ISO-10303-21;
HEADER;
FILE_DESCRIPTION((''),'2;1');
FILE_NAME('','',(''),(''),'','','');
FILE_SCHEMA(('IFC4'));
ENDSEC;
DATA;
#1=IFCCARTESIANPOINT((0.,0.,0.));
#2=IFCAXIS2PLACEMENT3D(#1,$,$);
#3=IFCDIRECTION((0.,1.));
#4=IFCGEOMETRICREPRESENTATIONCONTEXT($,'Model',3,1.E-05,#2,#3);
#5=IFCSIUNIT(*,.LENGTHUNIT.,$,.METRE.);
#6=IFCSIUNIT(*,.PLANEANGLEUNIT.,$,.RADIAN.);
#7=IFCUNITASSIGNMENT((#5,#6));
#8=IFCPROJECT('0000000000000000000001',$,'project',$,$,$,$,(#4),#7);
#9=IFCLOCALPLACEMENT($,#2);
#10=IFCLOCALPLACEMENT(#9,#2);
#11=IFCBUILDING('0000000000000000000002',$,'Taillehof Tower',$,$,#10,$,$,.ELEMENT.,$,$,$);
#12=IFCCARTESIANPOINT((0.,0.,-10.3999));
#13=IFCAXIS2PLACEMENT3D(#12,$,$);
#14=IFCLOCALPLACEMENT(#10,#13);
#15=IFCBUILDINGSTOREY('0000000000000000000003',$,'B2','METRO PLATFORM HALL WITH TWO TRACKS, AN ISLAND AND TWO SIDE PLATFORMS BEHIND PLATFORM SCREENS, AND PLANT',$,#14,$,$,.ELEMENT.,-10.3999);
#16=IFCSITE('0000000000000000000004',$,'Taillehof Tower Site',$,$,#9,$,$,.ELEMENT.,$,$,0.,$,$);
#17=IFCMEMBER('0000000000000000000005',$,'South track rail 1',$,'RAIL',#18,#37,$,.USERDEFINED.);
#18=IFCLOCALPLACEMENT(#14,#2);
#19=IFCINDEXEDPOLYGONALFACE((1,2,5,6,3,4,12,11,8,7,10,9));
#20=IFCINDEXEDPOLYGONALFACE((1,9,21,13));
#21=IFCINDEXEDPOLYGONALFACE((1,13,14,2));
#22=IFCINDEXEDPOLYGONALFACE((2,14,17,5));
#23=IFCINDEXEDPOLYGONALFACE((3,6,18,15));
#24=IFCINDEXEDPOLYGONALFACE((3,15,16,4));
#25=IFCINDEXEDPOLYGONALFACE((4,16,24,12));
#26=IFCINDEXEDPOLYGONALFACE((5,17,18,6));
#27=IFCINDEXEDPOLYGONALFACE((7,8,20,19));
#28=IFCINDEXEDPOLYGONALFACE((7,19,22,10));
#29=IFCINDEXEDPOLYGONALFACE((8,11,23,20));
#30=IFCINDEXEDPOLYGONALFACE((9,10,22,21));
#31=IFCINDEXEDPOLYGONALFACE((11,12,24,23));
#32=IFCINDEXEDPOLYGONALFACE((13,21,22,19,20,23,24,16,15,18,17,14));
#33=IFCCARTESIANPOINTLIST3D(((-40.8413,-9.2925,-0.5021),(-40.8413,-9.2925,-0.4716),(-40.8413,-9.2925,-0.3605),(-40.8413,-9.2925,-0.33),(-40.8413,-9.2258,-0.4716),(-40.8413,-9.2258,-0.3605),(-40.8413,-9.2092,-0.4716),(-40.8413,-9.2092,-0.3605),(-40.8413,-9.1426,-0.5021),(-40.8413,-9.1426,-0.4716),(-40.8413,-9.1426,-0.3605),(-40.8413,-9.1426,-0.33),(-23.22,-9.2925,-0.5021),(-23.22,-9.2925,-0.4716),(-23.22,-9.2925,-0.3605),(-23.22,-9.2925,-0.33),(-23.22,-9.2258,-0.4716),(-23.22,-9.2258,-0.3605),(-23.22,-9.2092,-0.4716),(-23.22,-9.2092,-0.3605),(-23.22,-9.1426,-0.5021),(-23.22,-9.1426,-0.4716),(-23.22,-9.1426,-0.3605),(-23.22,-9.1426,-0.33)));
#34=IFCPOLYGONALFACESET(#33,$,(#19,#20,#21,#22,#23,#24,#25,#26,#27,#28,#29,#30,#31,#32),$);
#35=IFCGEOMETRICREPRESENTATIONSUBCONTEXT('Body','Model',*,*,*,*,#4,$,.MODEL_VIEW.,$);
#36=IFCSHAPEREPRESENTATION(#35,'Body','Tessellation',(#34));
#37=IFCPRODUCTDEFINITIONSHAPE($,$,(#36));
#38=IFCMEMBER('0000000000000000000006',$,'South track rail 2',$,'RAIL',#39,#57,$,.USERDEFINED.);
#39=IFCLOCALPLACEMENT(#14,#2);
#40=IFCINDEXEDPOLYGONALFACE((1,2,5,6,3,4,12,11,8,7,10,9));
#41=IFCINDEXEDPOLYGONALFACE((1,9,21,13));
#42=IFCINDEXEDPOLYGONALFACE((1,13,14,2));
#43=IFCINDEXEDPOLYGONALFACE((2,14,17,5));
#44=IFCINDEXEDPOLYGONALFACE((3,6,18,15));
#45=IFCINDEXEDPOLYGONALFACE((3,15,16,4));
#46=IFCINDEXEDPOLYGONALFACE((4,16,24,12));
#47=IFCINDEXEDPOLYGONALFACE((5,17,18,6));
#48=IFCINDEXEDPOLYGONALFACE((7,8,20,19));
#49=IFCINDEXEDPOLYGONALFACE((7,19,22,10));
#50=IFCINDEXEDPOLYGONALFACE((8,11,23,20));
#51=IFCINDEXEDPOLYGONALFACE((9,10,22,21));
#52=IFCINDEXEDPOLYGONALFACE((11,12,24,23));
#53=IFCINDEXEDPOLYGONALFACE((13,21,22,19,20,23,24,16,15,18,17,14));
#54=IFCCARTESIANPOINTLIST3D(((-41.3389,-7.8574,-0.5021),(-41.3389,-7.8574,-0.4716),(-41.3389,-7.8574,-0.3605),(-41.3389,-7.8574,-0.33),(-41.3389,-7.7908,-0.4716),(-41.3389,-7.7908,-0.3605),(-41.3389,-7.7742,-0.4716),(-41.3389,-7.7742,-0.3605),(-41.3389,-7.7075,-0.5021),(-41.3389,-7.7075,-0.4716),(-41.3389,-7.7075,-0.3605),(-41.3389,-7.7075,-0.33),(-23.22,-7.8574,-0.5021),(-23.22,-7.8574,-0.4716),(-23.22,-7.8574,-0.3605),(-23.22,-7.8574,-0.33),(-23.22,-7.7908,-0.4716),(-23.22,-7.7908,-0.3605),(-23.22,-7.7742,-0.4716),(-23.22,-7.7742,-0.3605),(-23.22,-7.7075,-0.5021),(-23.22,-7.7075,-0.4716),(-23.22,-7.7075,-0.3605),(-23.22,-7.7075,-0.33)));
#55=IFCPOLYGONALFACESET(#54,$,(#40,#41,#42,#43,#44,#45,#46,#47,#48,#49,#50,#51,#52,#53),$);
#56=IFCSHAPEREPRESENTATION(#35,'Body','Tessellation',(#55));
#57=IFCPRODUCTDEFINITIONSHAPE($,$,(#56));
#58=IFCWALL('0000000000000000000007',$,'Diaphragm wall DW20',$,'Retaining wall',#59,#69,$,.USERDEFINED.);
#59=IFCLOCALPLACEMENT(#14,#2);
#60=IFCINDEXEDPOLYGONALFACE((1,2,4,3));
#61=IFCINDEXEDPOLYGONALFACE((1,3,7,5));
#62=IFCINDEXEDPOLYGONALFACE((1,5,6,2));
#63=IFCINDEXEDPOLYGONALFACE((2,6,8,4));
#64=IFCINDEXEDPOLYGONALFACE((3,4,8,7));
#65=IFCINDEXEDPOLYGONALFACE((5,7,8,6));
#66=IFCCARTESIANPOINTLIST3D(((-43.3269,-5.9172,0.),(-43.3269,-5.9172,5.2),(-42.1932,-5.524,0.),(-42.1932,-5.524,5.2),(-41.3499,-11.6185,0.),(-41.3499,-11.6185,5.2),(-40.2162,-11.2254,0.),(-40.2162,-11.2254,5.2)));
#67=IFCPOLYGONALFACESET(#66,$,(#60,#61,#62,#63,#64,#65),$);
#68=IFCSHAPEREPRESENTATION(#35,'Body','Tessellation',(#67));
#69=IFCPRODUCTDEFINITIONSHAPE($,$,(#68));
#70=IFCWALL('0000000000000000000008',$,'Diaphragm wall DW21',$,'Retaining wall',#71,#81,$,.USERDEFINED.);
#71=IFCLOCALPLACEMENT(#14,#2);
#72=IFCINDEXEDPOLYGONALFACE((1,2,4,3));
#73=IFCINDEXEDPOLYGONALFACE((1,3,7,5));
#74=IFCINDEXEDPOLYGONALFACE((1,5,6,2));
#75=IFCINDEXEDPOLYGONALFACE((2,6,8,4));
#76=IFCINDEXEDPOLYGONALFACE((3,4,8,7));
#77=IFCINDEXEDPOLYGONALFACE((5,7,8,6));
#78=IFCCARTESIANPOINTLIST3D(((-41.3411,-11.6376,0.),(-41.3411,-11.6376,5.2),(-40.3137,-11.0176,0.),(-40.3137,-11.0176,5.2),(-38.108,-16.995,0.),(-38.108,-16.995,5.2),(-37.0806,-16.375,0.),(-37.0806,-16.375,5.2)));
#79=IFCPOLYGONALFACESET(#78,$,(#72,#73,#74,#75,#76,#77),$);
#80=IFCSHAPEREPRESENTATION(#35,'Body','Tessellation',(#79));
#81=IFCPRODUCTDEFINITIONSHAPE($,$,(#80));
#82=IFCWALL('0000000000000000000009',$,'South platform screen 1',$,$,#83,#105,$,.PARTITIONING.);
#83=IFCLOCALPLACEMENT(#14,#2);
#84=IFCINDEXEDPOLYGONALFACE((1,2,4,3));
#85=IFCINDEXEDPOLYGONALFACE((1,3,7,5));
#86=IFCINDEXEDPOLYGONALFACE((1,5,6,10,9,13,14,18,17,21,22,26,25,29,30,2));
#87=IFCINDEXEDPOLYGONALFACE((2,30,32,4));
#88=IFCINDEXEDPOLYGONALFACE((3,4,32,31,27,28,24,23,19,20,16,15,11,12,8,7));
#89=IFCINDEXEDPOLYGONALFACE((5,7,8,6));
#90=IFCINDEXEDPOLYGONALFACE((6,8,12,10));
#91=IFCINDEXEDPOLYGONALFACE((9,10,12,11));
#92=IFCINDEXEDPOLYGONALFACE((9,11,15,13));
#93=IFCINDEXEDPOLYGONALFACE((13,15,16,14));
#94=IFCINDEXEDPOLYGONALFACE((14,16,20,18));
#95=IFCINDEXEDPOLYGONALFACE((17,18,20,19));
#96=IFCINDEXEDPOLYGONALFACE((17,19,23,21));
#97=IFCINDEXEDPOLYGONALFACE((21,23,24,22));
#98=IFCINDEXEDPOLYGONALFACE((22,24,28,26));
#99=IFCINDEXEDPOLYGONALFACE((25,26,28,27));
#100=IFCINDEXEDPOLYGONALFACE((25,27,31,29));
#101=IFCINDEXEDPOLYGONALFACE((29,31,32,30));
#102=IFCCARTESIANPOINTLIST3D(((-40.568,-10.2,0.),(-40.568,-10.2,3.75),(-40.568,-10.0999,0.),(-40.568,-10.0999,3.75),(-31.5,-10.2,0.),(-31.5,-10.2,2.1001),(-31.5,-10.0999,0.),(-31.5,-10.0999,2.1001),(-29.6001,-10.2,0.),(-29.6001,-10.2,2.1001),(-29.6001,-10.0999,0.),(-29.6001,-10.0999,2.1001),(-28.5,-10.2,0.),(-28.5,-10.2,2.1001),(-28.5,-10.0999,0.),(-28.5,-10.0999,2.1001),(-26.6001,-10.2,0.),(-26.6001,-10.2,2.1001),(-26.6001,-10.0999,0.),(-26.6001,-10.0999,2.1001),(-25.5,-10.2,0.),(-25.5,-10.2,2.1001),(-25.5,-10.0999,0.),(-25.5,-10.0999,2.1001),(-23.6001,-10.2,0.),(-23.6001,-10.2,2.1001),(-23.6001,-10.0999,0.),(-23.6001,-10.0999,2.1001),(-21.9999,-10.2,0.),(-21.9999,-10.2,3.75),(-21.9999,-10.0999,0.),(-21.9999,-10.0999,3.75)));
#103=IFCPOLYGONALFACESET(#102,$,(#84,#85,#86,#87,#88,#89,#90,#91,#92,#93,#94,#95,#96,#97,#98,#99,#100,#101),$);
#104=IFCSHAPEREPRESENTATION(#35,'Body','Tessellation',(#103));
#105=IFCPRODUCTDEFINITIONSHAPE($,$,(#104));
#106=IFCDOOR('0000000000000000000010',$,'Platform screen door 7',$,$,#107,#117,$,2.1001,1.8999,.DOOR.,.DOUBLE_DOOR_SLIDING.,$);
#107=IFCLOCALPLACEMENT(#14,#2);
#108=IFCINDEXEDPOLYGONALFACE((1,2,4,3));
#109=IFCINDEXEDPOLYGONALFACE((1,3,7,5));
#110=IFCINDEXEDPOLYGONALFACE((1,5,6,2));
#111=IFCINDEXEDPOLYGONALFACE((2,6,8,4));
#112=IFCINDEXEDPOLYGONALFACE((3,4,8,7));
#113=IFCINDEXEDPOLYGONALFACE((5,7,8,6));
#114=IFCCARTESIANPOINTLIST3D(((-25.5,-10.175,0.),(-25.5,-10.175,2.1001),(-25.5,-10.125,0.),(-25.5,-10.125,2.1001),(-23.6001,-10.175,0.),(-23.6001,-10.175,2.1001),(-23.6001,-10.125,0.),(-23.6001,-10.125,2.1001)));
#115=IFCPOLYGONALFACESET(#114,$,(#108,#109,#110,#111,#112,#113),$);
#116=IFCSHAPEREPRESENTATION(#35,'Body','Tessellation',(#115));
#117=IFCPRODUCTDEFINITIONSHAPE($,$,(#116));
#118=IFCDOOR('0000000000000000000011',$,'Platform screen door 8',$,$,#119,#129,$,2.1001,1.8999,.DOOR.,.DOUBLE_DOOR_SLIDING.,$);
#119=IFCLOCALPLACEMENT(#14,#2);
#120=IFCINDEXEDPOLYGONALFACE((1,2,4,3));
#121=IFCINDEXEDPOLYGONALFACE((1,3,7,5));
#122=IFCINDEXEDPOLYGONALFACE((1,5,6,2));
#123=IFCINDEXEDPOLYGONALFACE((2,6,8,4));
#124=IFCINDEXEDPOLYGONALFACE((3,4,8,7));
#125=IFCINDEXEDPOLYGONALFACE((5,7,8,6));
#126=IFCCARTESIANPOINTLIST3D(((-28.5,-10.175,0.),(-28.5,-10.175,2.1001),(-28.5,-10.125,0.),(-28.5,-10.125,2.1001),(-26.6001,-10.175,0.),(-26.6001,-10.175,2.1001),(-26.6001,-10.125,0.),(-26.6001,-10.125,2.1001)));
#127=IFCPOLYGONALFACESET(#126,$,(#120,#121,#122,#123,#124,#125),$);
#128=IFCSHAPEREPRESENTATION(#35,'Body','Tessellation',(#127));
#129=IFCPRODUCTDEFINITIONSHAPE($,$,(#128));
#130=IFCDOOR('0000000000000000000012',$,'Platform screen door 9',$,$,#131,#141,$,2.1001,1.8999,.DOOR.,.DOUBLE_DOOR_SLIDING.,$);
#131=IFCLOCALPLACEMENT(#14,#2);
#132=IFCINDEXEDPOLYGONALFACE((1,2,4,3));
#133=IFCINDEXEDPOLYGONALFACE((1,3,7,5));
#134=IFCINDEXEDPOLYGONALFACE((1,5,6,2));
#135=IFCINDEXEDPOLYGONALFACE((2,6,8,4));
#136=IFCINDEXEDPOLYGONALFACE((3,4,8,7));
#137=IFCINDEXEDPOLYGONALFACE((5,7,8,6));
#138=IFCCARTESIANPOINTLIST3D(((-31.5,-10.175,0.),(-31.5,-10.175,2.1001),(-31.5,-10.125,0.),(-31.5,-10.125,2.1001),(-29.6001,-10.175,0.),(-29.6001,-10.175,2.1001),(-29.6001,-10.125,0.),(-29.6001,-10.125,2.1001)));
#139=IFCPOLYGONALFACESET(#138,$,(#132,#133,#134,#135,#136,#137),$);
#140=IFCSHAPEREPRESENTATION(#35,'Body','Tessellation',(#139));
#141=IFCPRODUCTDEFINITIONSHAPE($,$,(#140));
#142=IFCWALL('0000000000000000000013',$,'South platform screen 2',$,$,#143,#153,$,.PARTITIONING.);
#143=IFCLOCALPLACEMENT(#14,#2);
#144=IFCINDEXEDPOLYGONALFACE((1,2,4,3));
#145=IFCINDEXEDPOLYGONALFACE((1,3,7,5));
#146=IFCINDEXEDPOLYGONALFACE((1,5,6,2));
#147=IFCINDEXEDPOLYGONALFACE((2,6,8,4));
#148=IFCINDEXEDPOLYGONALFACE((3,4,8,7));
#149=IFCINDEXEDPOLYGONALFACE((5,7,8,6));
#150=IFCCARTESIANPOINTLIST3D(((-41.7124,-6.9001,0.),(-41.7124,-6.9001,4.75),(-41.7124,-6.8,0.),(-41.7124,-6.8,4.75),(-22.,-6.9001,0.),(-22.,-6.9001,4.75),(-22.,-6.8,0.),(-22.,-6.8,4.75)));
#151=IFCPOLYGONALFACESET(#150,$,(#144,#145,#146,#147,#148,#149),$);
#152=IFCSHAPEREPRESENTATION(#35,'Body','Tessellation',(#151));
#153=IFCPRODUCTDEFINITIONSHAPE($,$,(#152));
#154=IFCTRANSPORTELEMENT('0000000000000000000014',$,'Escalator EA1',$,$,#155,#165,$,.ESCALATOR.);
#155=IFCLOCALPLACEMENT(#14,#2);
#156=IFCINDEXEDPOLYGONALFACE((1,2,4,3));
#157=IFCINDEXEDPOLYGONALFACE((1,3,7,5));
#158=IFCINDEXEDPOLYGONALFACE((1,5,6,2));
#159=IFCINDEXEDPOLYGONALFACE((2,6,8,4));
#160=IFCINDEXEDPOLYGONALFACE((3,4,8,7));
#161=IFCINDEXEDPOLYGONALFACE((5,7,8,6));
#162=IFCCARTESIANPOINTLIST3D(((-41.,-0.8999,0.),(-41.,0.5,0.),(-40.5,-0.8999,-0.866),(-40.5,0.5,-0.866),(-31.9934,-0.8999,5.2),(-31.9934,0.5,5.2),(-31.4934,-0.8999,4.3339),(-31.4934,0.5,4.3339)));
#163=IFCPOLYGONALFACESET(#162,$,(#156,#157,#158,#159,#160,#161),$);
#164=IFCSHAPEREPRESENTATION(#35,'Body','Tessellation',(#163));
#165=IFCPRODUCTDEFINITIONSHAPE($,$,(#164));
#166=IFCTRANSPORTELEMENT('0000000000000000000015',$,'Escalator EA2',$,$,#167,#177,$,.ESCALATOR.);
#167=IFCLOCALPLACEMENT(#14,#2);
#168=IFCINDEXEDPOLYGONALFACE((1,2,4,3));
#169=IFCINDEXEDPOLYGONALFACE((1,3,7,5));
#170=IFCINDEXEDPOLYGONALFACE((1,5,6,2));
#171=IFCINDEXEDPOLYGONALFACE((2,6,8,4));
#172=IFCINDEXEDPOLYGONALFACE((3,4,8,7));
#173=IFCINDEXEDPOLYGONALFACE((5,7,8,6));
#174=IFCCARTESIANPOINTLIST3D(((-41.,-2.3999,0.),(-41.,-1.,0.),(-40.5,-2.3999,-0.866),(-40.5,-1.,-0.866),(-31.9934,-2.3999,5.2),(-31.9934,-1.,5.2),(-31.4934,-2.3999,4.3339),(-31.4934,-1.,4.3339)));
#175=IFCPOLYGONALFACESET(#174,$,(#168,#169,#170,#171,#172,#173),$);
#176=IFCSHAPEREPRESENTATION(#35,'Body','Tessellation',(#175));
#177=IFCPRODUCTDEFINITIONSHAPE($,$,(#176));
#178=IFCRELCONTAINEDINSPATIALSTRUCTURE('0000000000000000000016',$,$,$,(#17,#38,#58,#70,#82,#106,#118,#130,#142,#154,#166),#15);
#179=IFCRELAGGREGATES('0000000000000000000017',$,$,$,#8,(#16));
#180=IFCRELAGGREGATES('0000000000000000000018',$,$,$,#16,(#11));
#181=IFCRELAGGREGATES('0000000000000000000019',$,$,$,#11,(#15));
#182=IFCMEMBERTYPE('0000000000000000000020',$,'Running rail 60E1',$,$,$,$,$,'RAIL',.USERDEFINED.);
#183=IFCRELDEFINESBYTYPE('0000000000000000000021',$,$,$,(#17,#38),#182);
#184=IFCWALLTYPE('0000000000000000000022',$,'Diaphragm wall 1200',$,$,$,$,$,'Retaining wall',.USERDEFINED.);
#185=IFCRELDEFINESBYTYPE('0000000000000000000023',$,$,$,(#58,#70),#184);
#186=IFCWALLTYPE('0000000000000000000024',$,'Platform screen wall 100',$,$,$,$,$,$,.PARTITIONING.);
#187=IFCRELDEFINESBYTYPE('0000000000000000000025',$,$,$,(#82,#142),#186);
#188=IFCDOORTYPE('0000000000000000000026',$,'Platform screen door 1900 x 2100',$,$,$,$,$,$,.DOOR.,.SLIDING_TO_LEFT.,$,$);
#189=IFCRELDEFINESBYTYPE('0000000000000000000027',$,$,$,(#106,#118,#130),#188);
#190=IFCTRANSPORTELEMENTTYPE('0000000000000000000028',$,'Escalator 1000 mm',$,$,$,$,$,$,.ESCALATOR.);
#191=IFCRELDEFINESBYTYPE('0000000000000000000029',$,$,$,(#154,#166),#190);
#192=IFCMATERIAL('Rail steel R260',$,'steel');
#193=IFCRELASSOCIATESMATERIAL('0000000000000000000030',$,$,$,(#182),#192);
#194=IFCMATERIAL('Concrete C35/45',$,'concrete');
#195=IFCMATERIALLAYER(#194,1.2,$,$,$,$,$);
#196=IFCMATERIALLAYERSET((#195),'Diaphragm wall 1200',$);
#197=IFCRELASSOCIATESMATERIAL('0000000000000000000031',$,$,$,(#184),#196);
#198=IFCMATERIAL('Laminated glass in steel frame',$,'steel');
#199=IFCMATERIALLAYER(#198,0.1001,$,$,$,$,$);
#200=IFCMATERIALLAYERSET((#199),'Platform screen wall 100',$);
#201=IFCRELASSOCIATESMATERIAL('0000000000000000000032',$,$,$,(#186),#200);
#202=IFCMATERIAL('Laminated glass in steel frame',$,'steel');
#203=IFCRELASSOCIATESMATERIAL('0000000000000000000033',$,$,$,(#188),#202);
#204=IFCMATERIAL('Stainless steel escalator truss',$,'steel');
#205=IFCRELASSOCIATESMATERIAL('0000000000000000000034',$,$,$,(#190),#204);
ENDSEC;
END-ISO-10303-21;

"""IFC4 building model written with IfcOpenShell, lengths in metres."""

from ifc_helpers import new_model, si_unit, direction, frame, frame_2d, origin, origin_2d, place, context, subcontext, project, spatial, polyline, rectangle, i_section, outline, extrude, material, layer, layer_set, material_profile, profile_set, type_object, element, fill, save


model = new_model("IFC4")

# Units and contexts
model_context = context("Model", 3, precision=1e-05, world=origin(), true_north=direction((0.0, 1.0)))
body_context = subcontext(model_context, "Body", "Model", "MODEL_VIEW")
ifc_project = project(units=[si_unit("LENGTHUNIT", "METRE"), si_unit("PLANEANGLEUNIT", "RADIAN")], contexts=[model_context])

# Site, building, storey
site_placement = place(None, origin())
site = spatial("IfcSite", under=ifc_project, at=site_placement, Name="Taillehof Tower Site", CompositionType="ELEMENT", RefElevation=0.0)
building_placement = place(site_placement, origin())
building = spatial("IfcBuilding", under=site, at=building_placement, Name="Taillehof Tower", CompositionType="ELEMENT")
storey_placement = place(building_placement, frame((0.0, 0.0, -10.3999)))
storey = spatial("IfcBuildingStorey", under=building, at=storey_placement, Name="B2", Description="METRO PLATFORM HALL WITH TWO TRACKS, AN ISLAND AND TWO SIDE PLATFORMS BEHIND PLATFORM SCREENS, AND PLANT", CompositionType="ELEMENT", Elevation=-10.3999)

# Members
ifc_material_1 = material(Name="Rail steel R260", Category="steel")
ifc_material_profile_1 = material_profile(ifc_material_1, i_section(OverallWidth=0.1499, OverallDepth=0.1721, WebThickness=0.0166, FlangeThickness=0.0305, at=origin_2d()), Name="60E1 rail")
ifc_profile_set_1 = profile_set([ifc_material_profile_1], Name="Rail steel R260")
member_type = type_object("IfcMemberType", Name="Running rail 60E1", ElementType="RAIL", PredefinedType="USERDEFINED", material=ifc_profile_set_1)
member_1_placement = place(storey_placement, frame((-40.8413, -9.2175, -0.416), z_axis=(1.0, 0.0, 0.0), x_axis=(0.0, 1.0, 0.0)))
element("IfcMember", 1, at=member_1_placement, inside=storey, type_object=member_type, Name="South track rail 1", ObjectType="RAIL", PredefinedType="USERDEFINED", context=body_context, shape_type="SweptSolid", body=[
    extrude(i_section(OverallWidth=0.1499, OverallDepth=0.1721, WebThickness=0.0166, FlangeThickness=0.0305, at=origin_2d()), origin(), (0.0, 0.0, 1.0), 17.6213),
])
member_2_placement = place(storey_placement, frame((-41.3389, -7.7825, -0.416), z_axis=(1.0, 0.0, 0.0), x_axis=(0.0, 1.0, 0.0)))
element("IfcMember", 2, at=member_2_placement, inside=storey, type_object=member_type, Name="South track rail 2", ObjectType="RAIL", PredefinedType="USERDEFINED", context=body_context, shape_type="SweptSolid", body=[
    extrude(i_section(OverallWidth=0.1499, OverallDepth=0.1721, WebThickness=0.0166, FlangeThickness=0.0305, at=origin_2d()), origin(), (0.0, 0.0, 1.0), 18.1189),
])

# Walls
ifc_material_2 = material(Name="Concrete C35/45", Category="concrete")
ifc_layer_1 = layer(ifc_material_2, 1.2)
ifc_layer_set_1 = layer_set([ifc_layer_1], Name="Diaphragm wall 1200")
wall_type_1 = type_object("IfcWallType", Name="Diaphragm wall 1200", ElementType="Retaining wall", PredefinedType="USERDEFINED", material=ifc_layer_set_1)
wall_1_placement = place(storey_placement, frame((-42.76, -5.7207, 0.0), z_axis=(0.0, 0.0, 1.0), x_axis=(0.327626, -0.944807, 0.0)))
element("IfcWall", 3, at=wall_1_placement, inside=storey, type_object=wall_type_1, Name="Diaphragm wall DW20", ObjectType="Retaining wall", PredefinedType="USERDEFINED", context=body_context, shape_type="SweptSolid", body=[
    extrude(rectangle(XDim=6.0344, YDim=1.2, at=frame_2d((3.0171, 0.0))), origin(), (0.0, 0.0, 1.0), 5.2),
])
wall_2_placement = place(storey_placement, frame((-40.8274, -11.3276, 0.0), z_axis=(0.0, 0.0, 1.0), x_axis=(0.516692, -0.856172, 0.0)))
element("IfcWall", 4, at=wall_2_placement, inside=storey, type_object=wall_type_1, Name="Diaphragm wall DW21", ObjectType="Retaining wall", PredefinedType="USERDEFINED", context=body_context, shape_type="SweptSolid", body=[
    extrude(rectangle(XDim=6.2573, YDim=1.2, at=frame_2d((3.1287, 0.0))), origin(), (0.0, 0.0, 1.0), 5.2),
])

# Wall, openings, doors
ifc_material_3 = material(Name="Laminated glass in steel frame", Category="steel")
ifc_layer_2 = layer(ifc_material_3, 0.1001)
ifc_layer_set_2 = layer_set([ifc_layer_2], Name="Platform screen wall 100")
wall_type_2 = type_object("IfcWallType", Name="Platform screen wall 100", PredefinedType="PARTITIONING", material=ifc_layer_set_2)
wall_3_placement = place(storey_placement, frame((-40.5681, -10.1499, 0.0), z_axis=(0.0, 0.0, 1.0), x_axis=(1.0, 0.0, 0.0)))
wall_3 = element("IfcWall", 5, at=wall_3_placement, inside=storey, type_object=wall_type_2, Name="South platform screen 1", PredefinedType="PARTITIONING", context=body_context, shape_type="SweptSolid", body=[
    extrude(rectangle(XDim=18.5681, YDim=0.1001, at=frame_2d((9.2842, 0.0))), origin(), (0.0, 0.0, 1.0), 3.75),
])
opening_1_placement = place(wall_3_placement, frame((15.0681, 0.0, 0.0)))
opening_1 = element("IfcOpeningElement", 6, at=opening_1_placement, cuts=wall_3, PredefinedType="OPENING", context=body_context, shape_type="SweptSolid", body=[
    extrude(rectangle(XDim=1.8999, YDim=2.1001, at=frame_2d((0.95, 1.05))), frame((0.0, 0.0601, 0.0), z_axis=(0.0, -1.0, 0.0), x_axis=(1.0, 0.0, 0.0)), (0.0, 0.0, 1.0), 0.1201),
])
opening_2_placement = place(wall_3_placement, frame((12.0681, 0.0, 0.0)))
opening_2 = element("IfcOpeningElement", 7, at=opening_2_placement, cuts=wall_3, PredefinedType="OPENING", context=body_context, shape_type="SweptSolid", body=[
    extrude(rectangle(XDim=1.8999, YDim=2.1001, at=frame_2d((0.95, 1.05))), frame((0.0, 0.0601, 0.0), z_axis=(0.0, -1.0, 0.0), x_axis=(1.0, 0.0, 0.0)), (0.0, 0.0, 1.0), 0.1201),
])
opening_3_placement = place(wall_3_placement, frame((9.0681, 0.0, 0.0)))
opening_3 = element("IfcOpeningElement", 8, at=opening_3_placement, cuts=wall_3, PredefinedType="OPENING", context=body_context, shape_type="SweptSolid", body=[
    extrude(rectangle(XDim=1.8999, YDim=2.1001, at=frame_2d((0.95, 1.05))), frame((0.0, 0.0601, 0.0), z_axis=(0.0, -1.0, 0.0), x_axis=(1.0, 0.0, 0.0)), (0.0, 0.0, 1.0), 0.1201),
])
ifc_material_4 = material(Name="Laminated glass in steel frame", Category="steel")
door_type = type_object("IfcDoorType", Name="Platform screen door 1900 x 2100", OperationType="SLIDING_TO_LEFT", PredefinedType="DOOR", material=ifc_material_4)
door_1_placement = place(opening_1_placement, origin())
door_1 = element("IfcDoor", 9, at=door_1_placement, inside=storey, type_object=door_type, Name="Platform screen door 7", OperationType="DOUBLE_DOOR_SLIDING", OverallHeight=2.1001, OverallWidth=1.8999, PredefinedType="DOOR", context=body_context, shape_type="SweptSolid", body=[
    extrude(rectangle(XDim=1.8999, YDim=2.1001, at=frame_2d((0.95, 1.05))), frame((0.0, 0.0249, 0.0), z_axis=(0.0, -1.0, 0.0), x_axis=(1.0, 0.0, 0.0)), (0.0, 0.0, 1.0), 0.05),
])
fill(opening_1, door_1)
door_2_placement = place(opening_2_placement, origin())
door_2 = element("IfcDoor", 10, at=door_2_placement, inside=storey, type_object=door_type, Name="Platform screen door 8", OperationType="DOUBLE_DOOR_SLIDING", OverallHeight=2.1001, OverallWidth=1.8999, PredefinedType="DOOR", context=body_context, shape_type="SweptSolid", body=[
    extrude(rectangle(XDim=1.8999, YDim=2.1001, at=frame_2d((0.95, 1.05))), frame((0.0, 0.0249, 0.0), z_axis=(0.0, -1.0, 0.0), x_axis=(1.0, 0.0, 0.0)), (0.0, 0.0, 1.0), 0.05),
])
fill(opening_2, door_2)
door_3_placement = place(opening_3_placement, origin())
door_3 = element("IfcDoor", 11, at=door_3_placement, inside=storey, type_object=door_type, Name="Platform screen door 9", OperationType="DOUBLE_DOOR_SLIDING", OverallHeight=2.1001, OverallWidth=1.8999, PredefinedType="DOOR", context=body_context, shape_type="SweptSolid", body=[
    extrude(rectangle(XDim=1.8999, YDim=2.1001, at=frame_2d((0.95, 1.05))), frame((0.0, 0.0249, 0.0), z_axis=(0.0, -1.0, 0.0), x_axis=(1.0, 0.0, 0.0)), (0.0, 0.0, 1.0), 0.05),
])
fill(opening_3, door_3)

# Wall
wall_4_placement = place(storey_placement, frame((-41.7124, -6.8501, 0.0), z_axis=(0.0, 0.0, 1.0), x_axis=(1.0, 0.0, 0.0)))
element("IfcWall", 12, at=wall_4_placement, inside=storey, type_object=wall_type_2, Name="South platform screen 2", PredefinedType="PARTITIONING", context=body_context, shape_type="SweptSolid", body=[
    extrude(rectangle(XDim=19.7124, YDim=0.1001, at=frame_2d((9.8562, 0.0))), origin(), (0.0, 0.0, 1.0), 4.75),
])

# Transport elements
ifc_material_5 = material(Name="Stainless steel escalator truss", Category="steel")
transport_element_type = type_object("IfcTransportElementType", Name="Escalator 1000 mm", PredefinedType="ESCALATOR", material=ifc_material_5)
for number, where, z_axis, x_axis, name in (
    (13, (-41.0, -0.8999, 0.0), (-0.499999, 0.0, 0.866026), (0.866026, 0.0, 0.499999), "Escalator EA1"),
    (14, (-41.0, -2.3999, 0.0), (-0.499999, 0.0, 0.866026), (0.866026, 0.0, 0.499999), "Escalator EA2"),
):
    element("IfcTransportElement", number, at=place(storey_placement, frame(where, z_axis=z_axis, x_axis=x_axis)), inside=storey, type_object=transport_element_type, Name=name, PredefinedType="ESCALATOR", context=body_context, shape_type="SweptSolid", body=[
        extrude(outline(polyline([(0.0, 0.0), (10.3999, 0.0), (10.3999, 1.3999), (0.0, 1.3999), (0.0, 0.0)])), origin(), (0.0, 0.0, -1.0), 1.0),
    ])

save(model, "model.ifc")
